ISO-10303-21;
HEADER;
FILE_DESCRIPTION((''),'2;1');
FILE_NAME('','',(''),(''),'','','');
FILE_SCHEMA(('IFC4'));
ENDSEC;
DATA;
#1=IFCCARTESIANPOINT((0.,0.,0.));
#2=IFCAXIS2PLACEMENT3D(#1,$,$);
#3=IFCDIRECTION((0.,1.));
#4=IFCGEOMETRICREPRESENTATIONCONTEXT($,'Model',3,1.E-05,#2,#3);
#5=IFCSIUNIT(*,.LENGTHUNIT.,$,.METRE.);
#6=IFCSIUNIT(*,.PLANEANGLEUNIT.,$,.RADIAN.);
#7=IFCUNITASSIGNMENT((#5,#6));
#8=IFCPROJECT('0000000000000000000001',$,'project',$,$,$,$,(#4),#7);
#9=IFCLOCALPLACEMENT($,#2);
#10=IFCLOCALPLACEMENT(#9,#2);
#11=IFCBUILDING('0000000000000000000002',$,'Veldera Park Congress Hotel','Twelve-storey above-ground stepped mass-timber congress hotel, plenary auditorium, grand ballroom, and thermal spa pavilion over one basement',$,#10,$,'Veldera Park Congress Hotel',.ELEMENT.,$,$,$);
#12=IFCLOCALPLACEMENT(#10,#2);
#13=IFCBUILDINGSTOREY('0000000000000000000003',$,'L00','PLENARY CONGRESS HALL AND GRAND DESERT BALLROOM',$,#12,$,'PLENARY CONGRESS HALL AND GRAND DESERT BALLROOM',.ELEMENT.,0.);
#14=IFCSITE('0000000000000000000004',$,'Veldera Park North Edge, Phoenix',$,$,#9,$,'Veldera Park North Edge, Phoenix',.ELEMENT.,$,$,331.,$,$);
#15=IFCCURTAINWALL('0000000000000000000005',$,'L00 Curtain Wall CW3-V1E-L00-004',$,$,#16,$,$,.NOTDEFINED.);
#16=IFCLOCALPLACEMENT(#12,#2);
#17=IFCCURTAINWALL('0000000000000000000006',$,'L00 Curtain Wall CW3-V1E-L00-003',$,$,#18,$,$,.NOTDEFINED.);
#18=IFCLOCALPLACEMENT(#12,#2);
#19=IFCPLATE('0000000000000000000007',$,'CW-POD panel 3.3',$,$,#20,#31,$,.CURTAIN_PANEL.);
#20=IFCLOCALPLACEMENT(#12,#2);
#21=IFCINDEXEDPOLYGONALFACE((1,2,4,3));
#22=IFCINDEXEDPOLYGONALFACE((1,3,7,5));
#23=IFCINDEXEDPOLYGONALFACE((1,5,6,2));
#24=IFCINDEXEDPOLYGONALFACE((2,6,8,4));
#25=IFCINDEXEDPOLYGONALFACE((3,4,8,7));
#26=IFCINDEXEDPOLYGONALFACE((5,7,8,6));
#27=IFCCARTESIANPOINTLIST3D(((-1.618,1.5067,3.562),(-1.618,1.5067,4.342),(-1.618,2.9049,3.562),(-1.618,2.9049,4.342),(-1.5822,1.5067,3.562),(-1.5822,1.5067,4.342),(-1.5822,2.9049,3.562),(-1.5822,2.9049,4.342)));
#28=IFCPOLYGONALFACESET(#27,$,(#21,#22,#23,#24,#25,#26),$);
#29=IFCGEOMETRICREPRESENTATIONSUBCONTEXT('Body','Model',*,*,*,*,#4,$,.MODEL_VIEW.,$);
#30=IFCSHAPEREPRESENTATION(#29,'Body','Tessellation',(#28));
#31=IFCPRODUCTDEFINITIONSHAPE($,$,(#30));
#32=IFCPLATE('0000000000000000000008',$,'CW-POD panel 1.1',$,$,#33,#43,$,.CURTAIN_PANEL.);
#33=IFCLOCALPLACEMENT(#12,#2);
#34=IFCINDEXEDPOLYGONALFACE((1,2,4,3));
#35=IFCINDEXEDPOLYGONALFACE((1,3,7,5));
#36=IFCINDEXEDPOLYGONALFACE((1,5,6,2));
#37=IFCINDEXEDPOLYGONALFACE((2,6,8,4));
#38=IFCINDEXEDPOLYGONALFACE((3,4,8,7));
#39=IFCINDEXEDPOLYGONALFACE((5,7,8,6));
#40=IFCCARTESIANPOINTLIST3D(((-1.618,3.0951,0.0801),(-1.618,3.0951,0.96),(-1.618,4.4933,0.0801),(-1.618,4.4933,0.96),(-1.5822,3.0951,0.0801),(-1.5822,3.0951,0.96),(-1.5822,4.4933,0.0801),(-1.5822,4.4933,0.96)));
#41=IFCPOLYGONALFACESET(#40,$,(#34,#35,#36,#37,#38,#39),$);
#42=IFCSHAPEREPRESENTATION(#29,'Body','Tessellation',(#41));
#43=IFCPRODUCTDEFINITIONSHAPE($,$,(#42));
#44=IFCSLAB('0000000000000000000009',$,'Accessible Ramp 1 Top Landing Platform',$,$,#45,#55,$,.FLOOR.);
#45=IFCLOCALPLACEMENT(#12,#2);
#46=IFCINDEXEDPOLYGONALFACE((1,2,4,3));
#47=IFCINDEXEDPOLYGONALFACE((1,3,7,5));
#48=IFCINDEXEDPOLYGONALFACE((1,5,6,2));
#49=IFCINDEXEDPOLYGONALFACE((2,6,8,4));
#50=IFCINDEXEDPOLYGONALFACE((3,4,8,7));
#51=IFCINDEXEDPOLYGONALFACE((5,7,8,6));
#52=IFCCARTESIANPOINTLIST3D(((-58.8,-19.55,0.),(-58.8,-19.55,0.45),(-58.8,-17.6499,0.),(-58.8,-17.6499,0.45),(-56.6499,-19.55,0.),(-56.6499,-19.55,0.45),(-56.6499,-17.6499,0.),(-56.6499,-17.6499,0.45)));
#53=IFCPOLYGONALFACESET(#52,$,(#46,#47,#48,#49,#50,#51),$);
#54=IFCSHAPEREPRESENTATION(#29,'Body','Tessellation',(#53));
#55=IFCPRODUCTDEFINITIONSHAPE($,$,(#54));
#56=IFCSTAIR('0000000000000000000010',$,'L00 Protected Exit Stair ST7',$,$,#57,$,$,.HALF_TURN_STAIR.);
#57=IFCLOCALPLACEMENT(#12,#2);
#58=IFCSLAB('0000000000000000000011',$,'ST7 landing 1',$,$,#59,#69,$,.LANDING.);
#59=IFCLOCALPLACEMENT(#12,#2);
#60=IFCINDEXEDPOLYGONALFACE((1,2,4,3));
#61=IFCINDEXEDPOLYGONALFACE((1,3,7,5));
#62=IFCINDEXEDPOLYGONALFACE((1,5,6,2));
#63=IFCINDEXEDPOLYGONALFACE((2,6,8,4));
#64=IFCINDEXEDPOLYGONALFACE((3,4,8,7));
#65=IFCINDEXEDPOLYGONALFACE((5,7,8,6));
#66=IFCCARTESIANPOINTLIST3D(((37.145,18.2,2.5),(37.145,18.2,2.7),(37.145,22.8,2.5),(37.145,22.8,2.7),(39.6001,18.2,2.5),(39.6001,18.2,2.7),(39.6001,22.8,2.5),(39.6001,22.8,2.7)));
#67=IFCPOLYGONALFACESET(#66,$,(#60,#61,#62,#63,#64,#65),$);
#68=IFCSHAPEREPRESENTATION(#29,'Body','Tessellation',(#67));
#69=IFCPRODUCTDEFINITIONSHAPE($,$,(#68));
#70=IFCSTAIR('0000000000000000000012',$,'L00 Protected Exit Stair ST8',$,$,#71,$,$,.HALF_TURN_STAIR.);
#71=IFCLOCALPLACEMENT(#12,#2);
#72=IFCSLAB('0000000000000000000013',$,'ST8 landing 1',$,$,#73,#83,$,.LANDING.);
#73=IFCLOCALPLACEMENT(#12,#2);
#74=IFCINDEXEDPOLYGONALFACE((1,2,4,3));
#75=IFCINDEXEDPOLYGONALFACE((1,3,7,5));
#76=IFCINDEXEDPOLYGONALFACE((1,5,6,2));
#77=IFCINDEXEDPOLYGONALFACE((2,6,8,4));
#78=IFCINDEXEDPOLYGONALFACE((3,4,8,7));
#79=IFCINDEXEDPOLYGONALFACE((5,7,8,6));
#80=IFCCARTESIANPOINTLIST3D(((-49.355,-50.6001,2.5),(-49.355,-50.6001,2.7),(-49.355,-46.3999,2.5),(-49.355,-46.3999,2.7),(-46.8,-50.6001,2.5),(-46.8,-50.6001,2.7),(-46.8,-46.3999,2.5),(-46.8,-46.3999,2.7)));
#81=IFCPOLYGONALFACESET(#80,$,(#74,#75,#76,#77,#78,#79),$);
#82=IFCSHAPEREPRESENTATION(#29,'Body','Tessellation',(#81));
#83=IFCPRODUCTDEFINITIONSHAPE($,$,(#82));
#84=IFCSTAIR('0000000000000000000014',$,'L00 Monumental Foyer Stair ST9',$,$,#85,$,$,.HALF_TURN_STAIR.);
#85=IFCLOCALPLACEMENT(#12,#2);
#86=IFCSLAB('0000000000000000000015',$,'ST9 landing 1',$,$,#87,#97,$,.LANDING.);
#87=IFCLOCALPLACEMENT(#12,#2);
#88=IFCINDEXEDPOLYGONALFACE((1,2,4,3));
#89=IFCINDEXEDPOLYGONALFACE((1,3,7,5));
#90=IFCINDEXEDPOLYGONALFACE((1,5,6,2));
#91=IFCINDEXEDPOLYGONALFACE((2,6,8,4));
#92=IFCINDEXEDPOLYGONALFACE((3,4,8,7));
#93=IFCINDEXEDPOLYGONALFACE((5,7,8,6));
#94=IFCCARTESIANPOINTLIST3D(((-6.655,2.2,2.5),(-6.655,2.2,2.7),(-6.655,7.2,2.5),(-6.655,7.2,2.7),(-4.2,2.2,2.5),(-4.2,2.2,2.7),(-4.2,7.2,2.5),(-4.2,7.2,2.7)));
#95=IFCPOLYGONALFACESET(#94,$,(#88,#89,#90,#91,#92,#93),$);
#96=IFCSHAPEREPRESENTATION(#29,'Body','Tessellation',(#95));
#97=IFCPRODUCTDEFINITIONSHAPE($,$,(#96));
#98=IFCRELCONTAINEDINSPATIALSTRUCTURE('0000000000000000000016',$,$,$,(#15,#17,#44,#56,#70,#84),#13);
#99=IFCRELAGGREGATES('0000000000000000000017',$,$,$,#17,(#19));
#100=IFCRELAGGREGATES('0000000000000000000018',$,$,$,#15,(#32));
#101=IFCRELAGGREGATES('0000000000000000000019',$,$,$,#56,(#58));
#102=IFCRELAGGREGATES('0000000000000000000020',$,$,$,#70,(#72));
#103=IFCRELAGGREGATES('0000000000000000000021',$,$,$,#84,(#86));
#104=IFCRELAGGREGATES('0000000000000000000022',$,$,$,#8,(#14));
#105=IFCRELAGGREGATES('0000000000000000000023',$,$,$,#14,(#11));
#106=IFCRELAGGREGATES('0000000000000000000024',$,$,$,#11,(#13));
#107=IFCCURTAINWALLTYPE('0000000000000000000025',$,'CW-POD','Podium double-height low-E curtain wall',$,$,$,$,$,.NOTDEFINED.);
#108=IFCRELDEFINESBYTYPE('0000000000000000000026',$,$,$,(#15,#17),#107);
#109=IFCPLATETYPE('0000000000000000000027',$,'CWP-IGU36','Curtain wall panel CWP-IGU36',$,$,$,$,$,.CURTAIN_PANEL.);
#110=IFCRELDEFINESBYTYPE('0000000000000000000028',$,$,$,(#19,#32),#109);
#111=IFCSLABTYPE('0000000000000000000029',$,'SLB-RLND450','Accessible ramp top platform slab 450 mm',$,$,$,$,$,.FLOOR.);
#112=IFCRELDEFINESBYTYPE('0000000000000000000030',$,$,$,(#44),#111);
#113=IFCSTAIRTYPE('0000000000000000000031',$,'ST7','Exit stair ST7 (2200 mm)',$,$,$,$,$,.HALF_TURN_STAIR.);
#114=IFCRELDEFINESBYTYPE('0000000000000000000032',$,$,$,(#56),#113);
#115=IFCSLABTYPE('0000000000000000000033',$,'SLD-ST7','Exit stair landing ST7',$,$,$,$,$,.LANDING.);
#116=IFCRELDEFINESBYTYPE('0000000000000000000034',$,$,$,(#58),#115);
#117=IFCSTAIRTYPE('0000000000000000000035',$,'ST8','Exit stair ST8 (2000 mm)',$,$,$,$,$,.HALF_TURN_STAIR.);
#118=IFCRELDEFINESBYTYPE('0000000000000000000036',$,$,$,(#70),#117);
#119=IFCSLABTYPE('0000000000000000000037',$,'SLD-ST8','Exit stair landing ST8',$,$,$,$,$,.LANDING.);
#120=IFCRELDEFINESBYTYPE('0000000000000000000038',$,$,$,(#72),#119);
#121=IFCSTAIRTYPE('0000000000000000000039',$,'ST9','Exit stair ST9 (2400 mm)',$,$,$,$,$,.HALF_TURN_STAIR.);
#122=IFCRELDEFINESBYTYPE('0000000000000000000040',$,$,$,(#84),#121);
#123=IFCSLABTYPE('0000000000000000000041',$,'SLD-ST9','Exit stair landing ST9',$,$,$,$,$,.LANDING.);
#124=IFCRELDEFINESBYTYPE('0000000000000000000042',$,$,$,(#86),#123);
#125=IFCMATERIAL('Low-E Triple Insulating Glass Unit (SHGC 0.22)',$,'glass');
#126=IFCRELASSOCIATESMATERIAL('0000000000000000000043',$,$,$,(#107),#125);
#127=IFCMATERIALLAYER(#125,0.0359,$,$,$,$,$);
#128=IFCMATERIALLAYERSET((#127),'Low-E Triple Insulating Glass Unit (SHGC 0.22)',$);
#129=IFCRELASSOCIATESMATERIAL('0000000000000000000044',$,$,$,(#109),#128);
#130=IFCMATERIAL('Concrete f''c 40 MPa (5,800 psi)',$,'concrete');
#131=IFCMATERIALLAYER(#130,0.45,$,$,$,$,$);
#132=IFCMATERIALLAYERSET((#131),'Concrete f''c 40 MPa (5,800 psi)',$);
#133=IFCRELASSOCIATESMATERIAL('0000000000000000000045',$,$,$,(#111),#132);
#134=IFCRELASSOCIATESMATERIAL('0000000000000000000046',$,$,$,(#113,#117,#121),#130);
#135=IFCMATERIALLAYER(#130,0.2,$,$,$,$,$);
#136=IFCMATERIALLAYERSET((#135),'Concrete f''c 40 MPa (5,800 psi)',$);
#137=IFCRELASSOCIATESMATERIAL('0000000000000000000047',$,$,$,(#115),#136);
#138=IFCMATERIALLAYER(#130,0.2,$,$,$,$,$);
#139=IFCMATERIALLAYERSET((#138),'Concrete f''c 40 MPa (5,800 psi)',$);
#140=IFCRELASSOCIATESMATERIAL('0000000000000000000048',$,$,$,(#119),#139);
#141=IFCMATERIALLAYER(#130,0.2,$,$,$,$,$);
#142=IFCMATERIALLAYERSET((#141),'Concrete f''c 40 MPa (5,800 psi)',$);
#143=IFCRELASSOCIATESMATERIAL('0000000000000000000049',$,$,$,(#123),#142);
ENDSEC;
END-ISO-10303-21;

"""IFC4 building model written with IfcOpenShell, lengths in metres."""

from ifc_helpers import new_model, si_unit, direction, frame, origin, origin_2d, place, context, subcontext, project, spatial, polyline, rectangle, outline, extrude, material, layer, layer_set, type_object, element, aggregate, save


model = new_model("IFC4")

# Units and contexts
model_context = context("Model", 3, precision=1e-05, world=origin(), true_north=direction((0.0, 1.0)))
body_context = subcontext(model_context, "Body", "Model", "MODEL_VIEW")
ifc_project = project(units=[si_unit("LENGTHUNIT", "METRE"), si_unit("PLANEANGLEUNIT", "RADIAN")], contexts=[model_context])

# Site, building, storey
site_placement = place(None, origin())
site = spatial("IfcSite", under=ifc_project, at=site_placement, Name="Veldera Park North Edge, Phoenix", LongName="Veldera Park North Edge, Phoenix", CompositionType="ELEMENT", RefElevation=331.0)
building_placement = place(site_placement, origin())
building = spatial("IfcBuilding", under=site, at=building_placement, Name="Veldera Park Congress Hotel", Description="Twelve-storey above-ground stepped mass-timber congress hotel, plenary auditorium, grand ballroom, and thermal spa pavilion over one basement", LongName="Veldera Park Congress Hotel", CompositionType="ELEMENT")
storey_placement = place(building_placement, origin())
storey = spatial("IfcBuildingStorey", under=building, at=storey_placement, Name="L00", Description="PLENARY CONGRESS HALL AND GRAND DESERT BALLROOM", LongName="PLENARY CONGRESS HALL AND GRAND DESERT BALLROOM", CompositionType="ELEMENT", Elevation=0.0)

# Curtain wall
ifc_material_1 = material(Name="Low-E Triple Insulating Glass Unit (SHGC 0.22)", Category="glass")
curtain_wall_type = type_object("IfcCurtainWallType", Name="CW-POD", Description="Podium double-height low-E curtain wall", PredefinedType="NOTDEFINED", material=ifc_material_1)
curtain_wall_1_placement = place(storey_placement, origin())
curtain_wall_1 = element("IfcCurtainWall", 1, at=curtain_wall_1_placement, inside=storey, type_object=curtain_wall_type, Name="L00 Curtain Wall CW3-V1E-L00-004", PredefinedType="NOTDEFINED")

# Curtain wall
curtain_wall_2_placement = place(storey_placement, origin())
curtain_wall_2 = element("IfcCurtainWall", 2, at=curtain_wall_2_placement, inside=storey, type_object=curtain_wall_type, Name="L00 Curtain Wall CW3-V1E-L00-003", PredefinedType="NOTDEFINED")

# Plates
ifc_layer_1 = layer(ifc_material_1, 0.0359)
ifc_layer_set_1 = layer_set([ifc_layer_1], Name="Low-E Triple Insulating Glass Unit (SHGC 0.22)")
plate_type = type_object("IfcPlateType", Name="CWP-IGU36", Description="Curtain wall panel CWP-IGU36", PredefinedType="CURTAIN_PANEL", material=ifc_layer_set_1)
plate_1_placement = place(storey_placement, frame((-1.6001, 2.2058, 3.562), z_axis=(0.0, 0.0, 1.0), x_axis=(0.0, 1.0, 0.0)))
plate_1 = element("IfcPlate", 3, at=plate_1_placement, type_object=plate_type, Name="CW-POD panel 3.3", PredefinedType="CURTAIN_PANEL", context=body_context, shape_type="SweptSolid", body=[
    extrude(rectangle(XDim=1.3982, YDim=0.0359, at=origin_2d()), origin(), (0.0, 0.0, 1.0), 0.78),
])
aggregate(curtain_wall_2, [plate_1])
plate_2_placement = place(storey_placement, frame((-1.6001, 3.7942, 0.0801), z_axis=(0.0, 0.0, 1.0), x_axis=(0.0, 1.0, 0.0)))
plate_2 = element("IfcPlate", 4, at=plate_2_placement, type_object=plate_type, Name="CW-POD panel 1.1", PredefinedType="CURTAIN_PANEL", context=body_context, shape_type="SweptSolid", body=[
    extrude(rectangle(XDim=1.3982, YDim=0.0359, at=origin_2d()), origin(), (0.0, 0.0, 1.0), 0.8799),
])
aggregate(curtain_wall_1, [plate_2])

# Slab
ifc_material_2 = material(Name="Concrete f'c 40 MPa (5,800 psi)", Category="concrete")
ifc_layer_2 = layer(ifc_material_2, 0.45)
ifc_layer_set_2 = layer_set([ifc_layer_2], Name="Concrete f'c 40 MPa (5,800 psi)")
slab_type_1 = type_object("IfcSlabType", Name="SLB-RLND450", Description="Accessible ramp top platform slab 450 mm", PredefinedType="FLOOR", material=ifc_layer_set_2)
slab_1_placement = place(storey_placement, origin())
element("IfcSlab", 5, at=slab_1_placement, inside=storey, type_object=slab_type_1, Name="Accessible Ramp 1 Top Landing Platform", PredefinedType="FLOOR", context=body_context, shape_type="SweptSolid", body=[
    extrude(outline(polyline([(-58.8, -19.55), (-56.6499, -19.55), (-56.6499, -17.6499), (-58.8, -17.6499), (-58.8, -19.55)])), origin(), (0.0, 0.0, 1.0), 0.45),
])

# Stairs, slabs
stair_type_1 = type_object("IfcStairType", Name="ST7", Description="Exit stair ST7 (2200 mm)", PredefinedType="HALF_TURN_STAIR", material=ifc_material_2)
stair_1_placement = place(storey_placement, origin())
stair_1 = element("IfcStair", 6, at=stair_1_placement, inside=storey, type_object=stair_type_1, Name="L00 Protected Exit Stair ST7", PredefinedType="HALF_TURN_STAIR")
ifc_layer_3 = layer(ifc_material_2, 0.2)
ifc_layer_set_3 = layer_set([ifc_layer_3], Name="Concrete f'c 40 MPa (5,800 psi)")
slab_type_2 = type_object("IfcSlabType", Name="SLD-ST7", Description="Exit stair landing ST7", PredefinedType="LANDING", material=ifc_layer_set_3)
slab_2_placement = place(storey_placement, frame((0.0, 0.0, 2.5)))
slab_2 = element("IfcSlab", 7, at=slab_2_placement, type_object=slab_type_2, Name="ST7 landing 1", PredefinedType="LANDING", context=body_context, shape_type="SweptSolid", body=[
    extrude(outline(polyline([(37.145, 18.2), (39.6001, 18.2), (39.6001, 22.8), (37.145, 22.8), (37.145, 18.2)])), origin(), (0.0, 0.0, 1.0), 0.2),
])
aggregate(stair_1, [slab_2])
stair_type_2 = type_object("IfcStairType", Name="ST8", Description="Exit stair ST8 (2000 mm)", PredefinedType="HALF_TURN_STAIR", material=ifc_material_2)
stair_2_placement = place(storey_placement, origin())
stair_2 = element("IfcStair", 8, at=stair_2_placement, inside=storey, type_object=stair_type_2, Name="L00 Protected Exit Stair ST8", PredefinedType="HALF_TURN_STAIR")
ifc_layer_4 = layer(ifc_material_2, 0.2)
ifc_layer_set_4 = layer_set([ifc_layer_4], Name="Concrete f'c 40 MPa (5,800 psi)")
slab_type_3 = type_object("IfcSlabType", Name="SLD-ST8", Description="Exit stair landing ST8", PredefinedType="LANDING", material=ifc_layer_set_4)
slab_3_placement = place(storey_placement, frame((0.0, 0.0, 2.5)))
slab_3 = element("IfcSlab", 9, at=slab_3_placement, type_object=slab_type_3, Name="ST8 landing 1", PredefinedType="LANDING", context=body_context, shape_type="SweptSolid", body=[
    extrude(outline(polyline([(-49.355, -50.6001), (-46.8, -50.6001), (-46.8, -46.3999), (-49.355, -46.3999), (-49.355, -50.6001)])), origin(), (0.0, 0.0, 1.0), 0.2),
])
aggregate(stair_2, [slab_3])
stair_type_3 = type_object("IfcStairType", Name="ST9", Description="Exit stair ST9 (2400 mm)", PredefinedType="HALF_TURN_STAIR", material=ifc_material_2)
stair_3_placement = place(storey_placement, origin())
stair_3 = element("IfcStair", 10, at=stair_3_placement, inside=storey, type_object=stair_type_3, Name="L00 Monumental Foyer Stair ST9", PredefinedType="HALF_TURN_STAIR")
ifc_layer_5 = layer(ifc_material_2, 0.2)
ifc_layer_set_5 = layer_set([ifc_layer_5], Name="Concrete f'c 40 MPa (5,800 psi)")
slab_type_4 = type_object("IfcSlabType", Name="SLD-ST9", Description="Exit stair landing ST9", PredefinedType="LANDING", material=ifc_layer_set_5)
slab_4_placement = place(storey_placement, frame((0.0, 0.0, 2.5)))
slab_4 = element("IfcSlab", 11, at=slab_4_placement, type_object=slab_type_4, Name="ST9 landing 1", PredefinedType="LANDING", context=body_context, shape_type="SweptSolid", body=[
    extrude(outline(polyline([(-6.655, 2.2), (-4.2, 2.2), (-4.2, 7.2), (-6.655, 7.2), (-6.655, 2.2)])), origin(), (0.0, 0.0, 1.0), 0.2),
])
aggregate(stair_3, [slab_4])

save(model, "model.ifc")
